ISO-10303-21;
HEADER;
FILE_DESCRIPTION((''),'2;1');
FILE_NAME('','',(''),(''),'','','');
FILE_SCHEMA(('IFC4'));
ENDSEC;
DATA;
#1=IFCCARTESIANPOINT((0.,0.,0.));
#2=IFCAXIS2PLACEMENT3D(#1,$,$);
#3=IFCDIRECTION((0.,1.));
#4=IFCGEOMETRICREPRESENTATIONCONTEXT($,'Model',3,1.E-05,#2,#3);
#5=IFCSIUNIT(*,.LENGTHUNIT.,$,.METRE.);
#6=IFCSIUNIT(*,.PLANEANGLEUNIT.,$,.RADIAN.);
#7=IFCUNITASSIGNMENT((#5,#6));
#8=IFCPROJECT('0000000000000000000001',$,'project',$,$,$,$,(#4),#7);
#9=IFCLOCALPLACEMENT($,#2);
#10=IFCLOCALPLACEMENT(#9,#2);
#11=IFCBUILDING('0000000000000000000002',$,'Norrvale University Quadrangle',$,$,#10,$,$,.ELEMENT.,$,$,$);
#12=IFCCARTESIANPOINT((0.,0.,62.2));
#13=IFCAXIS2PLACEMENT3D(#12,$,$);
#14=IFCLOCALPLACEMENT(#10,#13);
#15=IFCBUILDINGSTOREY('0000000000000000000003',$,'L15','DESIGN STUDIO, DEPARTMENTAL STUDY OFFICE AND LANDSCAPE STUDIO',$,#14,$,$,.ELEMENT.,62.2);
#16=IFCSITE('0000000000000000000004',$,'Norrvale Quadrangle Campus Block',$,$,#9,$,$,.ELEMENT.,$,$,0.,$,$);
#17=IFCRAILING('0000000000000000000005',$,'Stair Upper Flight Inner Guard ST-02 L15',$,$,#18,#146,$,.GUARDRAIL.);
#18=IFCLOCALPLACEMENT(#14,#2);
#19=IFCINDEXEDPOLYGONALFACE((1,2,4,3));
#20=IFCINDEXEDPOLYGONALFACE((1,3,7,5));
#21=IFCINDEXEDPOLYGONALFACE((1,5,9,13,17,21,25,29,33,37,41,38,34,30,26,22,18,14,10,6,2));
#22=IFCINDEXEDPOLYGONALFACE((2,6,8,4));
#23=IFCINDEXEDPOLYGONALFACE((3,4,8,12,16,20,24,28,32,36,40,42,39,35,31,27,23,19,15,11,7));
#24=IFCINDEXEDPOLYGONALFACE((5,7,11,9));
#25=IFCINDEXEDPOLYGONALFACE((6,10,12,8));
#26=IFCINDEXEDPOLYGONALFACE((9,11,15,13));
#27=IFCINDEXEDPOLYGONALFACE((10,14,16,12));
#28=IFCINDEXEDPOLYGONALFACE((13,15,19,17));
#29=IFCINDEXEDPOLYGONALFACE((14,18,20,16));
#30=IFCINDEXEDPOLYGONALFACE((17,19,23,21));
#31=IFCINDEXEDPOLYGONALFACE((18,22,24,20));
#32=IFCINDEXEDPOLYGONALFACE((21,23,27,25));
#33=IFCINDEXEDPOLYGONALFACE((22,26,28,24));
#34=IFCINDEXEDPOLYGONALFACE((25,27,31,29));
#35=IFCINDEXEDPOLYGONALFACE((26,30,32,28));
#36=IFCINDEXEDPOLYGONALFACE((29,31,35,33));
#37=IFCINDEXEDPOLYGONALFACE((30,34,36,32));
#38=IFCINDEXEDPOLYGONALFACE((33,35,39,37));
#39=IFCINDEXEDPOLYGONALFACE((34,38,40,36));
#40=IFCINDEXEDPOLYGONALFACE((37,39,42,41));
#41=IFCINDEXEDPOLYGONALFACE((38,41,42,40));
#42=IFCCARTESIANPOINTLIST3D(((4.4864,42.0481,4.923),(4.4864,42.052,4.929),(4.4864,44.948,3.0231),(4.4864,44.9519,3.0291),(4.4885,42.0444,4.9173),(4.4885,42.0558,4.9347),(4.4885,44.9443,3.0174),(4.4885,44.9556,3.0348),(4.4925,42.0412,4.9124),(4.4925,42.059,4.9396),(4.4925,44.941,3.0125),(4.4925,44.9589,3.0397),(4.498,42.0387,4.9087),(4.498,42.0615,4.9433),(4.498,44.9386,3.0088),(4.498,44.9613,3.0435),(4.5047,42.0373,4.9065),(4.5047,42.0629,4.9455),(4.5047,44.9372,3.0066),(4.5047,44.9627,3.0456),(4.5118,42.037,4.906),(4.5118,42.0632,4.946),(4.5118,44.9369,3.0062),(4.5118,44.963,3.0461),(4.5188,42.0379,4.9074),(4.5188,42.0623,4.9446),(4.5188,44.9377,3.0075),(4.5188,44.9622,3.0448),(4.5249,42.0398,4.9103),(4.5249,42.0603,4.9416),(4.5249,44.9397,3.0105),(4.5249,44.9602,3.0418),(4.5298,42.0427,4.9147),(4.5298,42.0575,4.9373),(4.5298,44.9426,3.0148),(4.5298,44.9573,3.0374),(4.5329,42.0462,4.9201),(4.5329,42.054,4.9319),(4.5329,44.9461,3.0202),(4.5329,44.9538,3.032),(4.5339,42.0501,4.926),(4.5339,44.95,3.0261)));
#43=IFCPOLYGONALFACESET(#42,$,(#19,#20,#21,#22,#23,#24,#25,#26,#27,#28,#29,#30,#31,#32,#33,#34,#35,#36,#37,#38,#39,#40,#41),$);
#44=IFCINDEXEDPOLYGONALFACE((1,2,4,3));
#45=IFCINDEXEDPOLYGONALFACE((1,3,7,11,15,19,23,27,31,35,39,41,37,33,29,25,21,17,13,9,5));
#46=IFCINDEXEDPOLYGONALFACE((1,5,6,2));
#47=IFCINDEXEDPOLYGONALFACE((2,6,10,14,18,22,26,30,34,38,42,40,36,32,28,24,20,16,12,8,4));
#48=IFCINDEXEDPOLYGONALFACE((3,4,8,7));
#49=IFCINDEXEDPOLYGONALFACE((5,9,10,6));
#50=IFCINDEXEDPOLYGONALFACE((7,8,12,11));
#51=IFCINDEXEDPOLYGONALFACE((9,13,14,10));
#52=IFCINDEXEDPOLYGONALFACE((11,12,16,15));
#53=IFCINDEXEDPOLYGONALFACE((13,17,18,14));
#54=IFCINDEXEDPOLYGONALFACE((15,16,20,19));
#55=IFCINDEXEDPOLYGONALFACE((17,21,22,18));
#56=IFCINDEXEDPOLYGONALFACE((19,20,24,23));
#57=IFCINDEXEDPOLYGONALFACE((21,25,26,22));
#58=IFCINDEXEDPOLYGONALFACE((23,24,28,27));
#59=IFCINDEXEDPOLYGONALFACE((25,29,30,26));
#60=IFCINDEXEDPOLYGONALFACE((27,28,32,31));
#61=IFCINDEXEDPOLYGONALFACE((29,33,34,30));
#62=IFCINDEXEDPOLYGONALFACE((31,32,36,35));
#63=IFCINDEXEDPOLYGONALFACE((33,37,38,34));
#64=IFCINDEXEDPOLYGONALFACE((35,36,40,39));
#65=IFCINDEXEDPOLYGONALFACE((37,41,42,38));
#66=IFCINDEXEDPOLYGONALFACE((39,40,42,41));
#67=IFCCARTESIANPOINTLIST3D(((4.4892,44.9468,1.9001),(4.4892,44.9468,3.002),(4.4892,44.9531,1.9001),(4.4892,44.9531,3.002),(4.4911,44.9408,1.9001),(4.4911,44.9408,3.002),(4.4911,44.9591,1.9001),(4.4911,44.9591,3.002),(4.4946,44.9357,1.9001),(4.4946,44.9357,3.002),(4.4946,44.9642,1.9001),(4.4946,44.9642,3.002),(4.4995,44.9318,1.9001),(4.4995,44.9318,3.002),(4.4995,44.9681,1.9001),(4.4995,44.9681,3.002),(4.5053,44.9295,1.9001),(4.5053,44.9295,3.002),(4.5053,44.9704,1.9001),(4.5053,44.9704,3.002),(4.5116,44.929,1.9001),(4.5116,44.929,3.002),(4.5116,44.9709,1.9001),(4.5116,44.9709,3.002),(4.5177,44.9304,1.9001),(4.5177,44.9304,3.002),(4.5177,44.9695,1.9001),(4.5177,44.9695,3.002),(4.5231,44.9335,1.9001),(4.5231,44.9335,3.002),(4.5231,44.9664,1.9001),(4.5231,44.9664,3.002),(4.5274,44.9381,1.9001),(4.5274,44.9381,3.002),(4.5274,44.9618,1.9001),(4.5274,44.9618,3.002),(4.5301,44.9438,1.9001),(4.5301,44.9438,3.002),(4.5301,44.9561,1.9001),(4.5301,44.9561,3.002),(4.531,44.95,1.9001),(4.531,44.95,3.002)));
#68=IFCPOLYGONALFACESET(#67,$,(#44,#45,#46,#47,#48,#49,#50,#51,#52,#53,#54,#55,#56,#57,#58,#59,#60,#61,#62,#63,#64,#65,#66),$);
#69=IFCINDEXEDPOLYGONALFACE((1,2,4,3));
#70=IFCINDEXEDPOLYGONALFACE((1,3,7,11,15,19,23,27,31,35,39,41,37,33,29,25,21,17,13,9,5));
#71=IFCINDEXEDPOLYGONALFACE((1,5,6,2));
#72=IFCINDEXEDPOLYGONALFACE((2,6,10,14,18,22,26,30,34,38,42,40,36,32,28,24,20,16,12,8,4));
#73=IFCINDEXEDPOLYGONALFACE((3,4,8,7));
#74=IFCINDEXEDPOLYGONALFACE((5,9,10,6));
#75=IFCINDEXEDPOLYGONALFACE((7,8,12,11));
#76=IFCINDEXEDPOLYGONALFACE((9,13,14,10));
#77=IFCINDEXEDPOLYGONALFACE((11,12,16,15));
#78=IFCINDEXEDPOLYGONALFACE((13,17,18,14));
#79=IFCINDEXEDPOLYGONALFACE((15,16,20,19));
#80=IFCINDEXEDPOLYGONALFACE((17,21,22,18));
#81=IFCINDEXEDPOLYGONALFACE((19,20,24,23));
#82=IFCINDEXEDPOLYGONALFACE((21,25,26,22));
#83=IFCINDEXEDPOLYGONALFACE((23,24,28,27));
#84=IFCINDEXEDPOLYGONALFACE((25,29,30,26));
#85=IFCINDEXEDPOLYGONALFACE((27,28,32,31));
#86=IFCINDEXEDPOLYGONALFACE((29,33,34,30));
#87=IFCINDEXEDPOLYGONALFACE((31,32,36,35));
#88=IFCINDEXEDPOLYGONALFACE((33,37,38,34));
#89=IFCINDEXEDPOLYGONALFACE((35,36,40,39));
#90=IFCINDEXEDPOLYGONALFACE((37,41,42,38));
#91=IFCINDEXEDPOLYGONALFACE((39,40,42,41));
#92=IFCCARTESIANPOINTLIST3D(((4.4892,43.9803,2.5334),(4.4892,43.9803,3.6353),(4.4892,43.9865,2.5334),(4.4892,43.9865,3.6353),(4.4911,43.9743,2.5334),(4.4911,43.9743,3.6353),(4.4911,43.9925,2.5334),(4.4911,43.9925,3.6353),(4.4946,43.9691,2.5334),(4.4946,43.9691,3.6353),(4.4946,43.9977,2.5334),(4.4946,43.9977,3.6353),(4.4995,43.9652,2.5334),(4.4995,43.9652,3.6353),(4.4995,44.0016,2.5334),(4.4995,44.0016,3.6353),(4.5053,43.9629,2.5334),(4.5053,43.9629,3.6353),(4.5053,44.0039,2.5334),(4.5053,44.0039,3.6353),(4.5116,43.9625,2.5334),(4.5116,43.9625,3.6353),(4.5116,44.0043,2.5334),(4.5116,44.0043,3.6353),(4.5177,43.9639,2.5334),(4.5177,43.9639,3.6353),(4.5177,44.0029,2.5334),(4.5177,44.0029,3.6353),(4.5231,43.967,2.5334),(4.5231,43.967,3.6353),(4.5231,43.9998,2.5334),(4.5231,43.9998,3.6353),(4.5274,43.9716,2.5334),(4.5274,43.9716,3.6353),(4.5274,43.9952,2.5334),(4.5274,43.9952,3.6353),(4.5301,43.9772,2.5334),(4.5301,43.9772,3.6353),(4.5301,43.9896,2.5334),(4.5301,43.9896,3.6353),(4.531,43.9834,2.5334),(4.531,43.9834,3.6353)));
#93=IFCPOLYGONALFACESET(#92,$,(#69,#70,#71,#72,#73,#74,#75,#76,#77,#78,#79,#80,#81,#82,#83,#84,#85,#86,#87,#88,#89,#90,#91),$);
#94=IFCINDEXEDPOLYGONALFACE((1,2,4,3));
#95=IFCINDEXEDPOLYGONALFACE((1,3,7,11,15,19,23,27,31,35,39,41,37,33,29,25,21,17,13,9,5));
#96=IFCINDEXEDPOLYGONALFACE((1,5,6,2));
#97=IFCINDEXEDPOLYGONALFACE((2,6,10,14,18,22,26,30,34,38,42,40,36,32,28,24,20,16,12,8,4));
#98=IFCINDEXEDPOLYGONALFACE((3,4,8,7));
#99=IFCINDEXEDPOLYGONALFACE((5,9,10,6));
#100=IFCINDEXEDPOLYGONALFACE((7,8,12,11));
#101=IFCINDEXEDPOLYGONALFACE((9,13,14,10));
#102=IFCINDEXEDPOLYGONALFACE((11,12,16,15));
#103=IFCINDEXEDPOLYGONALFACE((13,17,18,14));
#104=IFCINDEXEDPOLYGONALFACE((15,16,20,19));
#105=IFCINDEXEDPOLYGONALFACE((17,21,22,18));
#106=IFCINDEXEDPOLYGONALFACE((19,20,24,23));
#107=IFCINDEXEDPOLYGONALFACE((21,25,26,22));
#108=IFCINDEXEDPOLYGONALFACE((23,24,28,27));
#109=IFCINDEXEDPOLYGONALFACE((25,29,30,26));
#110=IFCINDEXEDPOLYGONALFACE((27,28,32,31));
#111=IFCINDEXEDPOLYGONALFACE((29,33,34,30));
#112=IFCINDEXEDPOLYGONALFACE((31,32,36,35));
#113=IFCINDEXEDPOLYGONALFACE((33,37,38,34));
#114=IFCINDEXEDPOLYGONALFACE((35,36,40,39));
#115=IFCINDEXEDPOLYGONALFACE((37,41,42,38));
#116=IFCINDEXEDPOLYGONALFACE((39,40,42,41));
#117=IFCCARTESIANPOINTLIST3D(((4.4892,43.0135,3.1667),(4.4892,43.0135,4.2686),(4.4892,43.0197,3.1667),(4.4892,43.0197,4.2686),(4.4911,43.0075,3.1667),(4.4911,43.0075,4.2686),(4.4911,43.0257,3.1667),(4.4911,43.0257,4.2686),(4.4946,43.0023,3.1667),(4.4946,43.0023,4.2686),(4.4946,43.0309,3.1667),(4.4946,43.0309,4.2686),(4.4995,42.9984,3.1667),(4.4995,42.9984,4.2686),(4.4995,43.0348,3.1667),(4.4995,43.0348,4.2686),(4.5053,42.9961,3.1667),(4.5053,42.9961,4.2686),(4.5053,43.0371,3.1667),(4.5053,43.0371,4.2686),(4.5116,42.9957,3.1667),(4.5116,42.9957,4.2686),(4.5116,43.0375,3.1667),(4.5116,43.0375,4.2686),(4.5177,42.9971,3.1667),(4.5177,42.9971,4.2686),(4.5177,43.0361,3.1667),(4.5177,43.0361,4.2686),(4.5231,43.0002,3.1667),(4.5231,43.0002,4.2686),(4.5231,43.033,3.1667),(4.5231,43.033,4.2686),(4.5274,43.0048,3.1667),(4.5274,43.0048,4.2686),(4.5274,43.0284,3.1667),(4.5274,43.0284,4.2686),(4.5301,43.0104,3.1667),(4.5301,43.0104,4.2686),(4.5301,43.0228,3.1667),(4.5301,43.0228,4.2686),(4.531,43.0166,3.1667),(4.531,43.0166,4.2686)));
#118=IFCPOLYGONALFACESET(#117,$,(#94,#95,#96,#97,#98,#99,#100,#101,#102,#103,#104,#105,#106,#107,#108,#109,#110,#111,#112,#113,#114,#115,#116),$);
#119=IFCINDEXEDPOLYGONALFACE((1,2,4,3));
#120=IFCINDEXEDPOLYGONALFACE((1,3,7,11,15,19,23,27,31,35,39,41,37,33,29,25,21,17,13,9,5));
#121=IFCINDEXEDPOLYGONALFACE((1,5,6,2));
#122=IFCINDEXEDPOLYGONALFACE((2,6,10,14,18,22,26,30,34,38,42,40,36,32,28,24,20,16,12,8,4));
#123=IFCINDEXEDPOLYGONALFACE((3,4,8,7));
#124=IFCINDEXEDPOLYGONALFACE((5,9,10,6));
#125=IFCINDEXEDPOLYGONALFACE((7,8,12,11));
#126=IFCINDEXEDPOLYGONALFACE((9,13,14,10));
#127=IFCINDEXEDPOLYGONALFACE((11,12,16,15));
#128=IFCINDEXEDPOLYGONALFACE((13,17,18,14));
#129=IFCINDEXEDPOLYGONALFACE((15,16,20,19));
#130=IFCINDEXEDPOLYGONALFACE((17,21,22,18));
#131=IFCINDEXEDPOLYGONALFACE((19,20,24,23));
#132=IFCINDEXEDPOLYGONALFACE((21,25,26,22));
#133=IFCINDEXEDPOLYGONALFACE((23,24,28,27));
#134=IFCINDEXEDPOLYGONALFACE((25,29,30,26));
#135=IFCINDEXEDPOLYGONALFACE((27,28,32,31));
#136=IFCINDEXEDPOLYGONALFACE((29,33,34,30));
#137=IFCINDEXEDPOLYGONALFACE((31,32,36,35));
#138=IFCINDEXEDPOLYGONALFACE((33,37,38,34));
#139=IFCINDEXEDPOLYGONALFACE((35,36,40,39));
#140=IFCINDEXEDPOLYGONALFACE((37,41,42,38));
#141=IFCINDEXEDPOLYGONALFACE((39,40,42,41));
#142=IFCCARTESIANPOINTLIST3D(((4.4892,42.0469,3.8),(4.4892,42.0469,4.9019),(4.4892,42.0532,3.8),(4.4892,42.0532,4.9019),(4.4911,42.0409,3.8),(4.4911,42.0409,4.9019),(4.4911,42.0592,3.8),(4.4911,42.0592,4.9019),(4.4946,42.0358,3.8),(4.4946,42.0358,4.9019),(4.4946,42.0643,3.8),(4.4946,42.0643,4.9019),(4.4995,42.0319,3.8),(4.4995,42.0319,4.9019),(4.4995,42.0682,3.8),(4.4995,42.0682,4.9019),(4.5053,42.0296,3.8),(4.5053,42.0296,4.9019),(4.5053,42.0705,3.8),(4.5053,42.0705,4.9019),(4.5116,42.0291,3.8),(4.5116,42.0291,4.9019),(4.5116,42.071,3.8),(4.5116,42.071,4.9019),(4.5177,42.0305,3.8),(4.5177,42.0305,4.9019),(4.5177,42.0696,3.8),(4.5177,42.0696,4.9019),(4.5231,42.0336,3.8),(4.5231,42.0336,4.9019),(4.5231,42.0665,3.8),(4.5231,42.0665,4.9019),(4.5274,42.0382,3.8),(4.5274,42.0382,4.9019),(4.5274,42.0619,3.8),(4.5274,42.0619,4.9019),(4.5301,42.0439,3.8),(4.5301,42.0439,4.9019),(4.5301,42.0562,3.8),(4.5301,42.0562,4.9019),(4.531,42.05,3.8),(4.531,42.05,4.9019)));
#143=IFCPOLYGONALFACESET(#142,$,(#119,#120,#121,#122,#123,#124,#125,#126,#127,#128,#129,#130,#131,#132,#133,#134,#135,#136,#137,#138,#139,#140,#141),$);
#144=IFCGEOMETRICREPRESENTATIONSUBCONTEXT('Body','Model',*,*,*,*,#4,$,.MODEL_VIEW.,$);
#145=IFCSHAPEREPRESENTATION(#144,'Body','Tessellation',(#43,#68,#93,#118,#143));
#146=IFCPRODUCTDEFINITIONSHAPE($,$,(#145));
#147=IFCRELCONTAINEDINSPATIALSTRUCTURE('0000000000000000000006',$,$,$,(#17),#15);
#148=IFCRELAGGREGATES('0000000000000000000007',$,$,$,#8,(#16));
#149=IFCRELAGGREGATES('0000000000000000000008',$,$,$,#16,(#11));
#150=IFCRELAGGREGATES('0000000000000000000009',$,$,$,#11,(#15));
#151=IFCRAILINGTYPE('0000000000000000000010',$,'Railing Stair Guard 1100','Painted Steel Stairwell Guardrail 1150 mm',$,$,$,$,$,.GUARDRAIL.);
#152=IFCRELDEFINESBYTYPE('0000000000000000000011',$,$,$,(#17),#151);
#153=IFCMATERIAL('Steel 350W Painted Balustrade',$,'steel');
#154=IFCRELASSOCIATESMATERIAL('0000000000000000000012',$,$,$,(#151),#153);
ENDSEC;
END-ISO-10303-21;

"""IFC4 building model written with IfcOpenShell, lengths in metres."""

from ifc_helpers import new_model, si_unit, direction, frame, origin, origin_2d, place, context, subcontext, project, spatial, circle, extrude, material, type_object, element, save


model = new_model("IFC4")

# Units and contexts
model_context = context("Model", 3, precision=1e-05, world=origin(), true_north=direction((0.0, 1.0)))
body_context = subcontext(model_context, "Body", "Model", "MODEL_VIEW")
ifc_project = project(units=[si_unit("LENGTHUNIT", "METRE"), si_unit("PLANEANGLEUNIT", "RADIAN")], contexts=[model_context])

# Site, building, storey
site_placement = place(None, origin())
site = spatial("IfcSite", under=ifc_project, at=site_placement, Name="Norrvale Quadrangle Campus Block", CompositionType="ELEMENT", RefElevation=0.0)
building_placement = place(site_placement, origin())
building = spatial("IfcBuilding", under=site, at=building_placement, Name="Norrvale University Quadrangle", CompositionType="ELEMENT")
storey_placement = place(building_placement, frame((0.0, 0.0, 62.2)))
storey = spatial("IfcBuildingStorey", under=building, at=storey_placement, Name="L15", Description="DESIGN STUDIO, DEPARTMENTAL STUDY OFFICE AND LANDSCAPE STUDIO", CompositionType="ELEMENT", Elevation=62.2)

# Railing
ifc_material_1 = material(Name="Steel 350W Painted Balustrade", Category="steel")
railing_type_1 = type_object("IfcRailingType", Name="Railing Stair Guard 1100", Description="Painted Steel Stairwell Guardrail 1150 mm", PredefinedType="GUARDRAIL", material=ifc_material_1)
railing_1_placement = place(storey_placement, frame((4.51, 44.95, 1.9001)))
element("IfcRailing", 1, at=railing_1_placement, inside=storey, type_object=railing_type_1, Name="Stair Upper Flight Inner Guard ST-02 L15", PredefinedType="GUARDRAIL", context=body_context, shape_type="SweptSolid", body=[
    extrude(circle(Radius=0.0239, at=origin_2d()), frame((0.0, 0.0, 1.126), z_axis=(0.0, -0.836466, 0.548019), x_axis=(1.0, 0.0, 0.0)), (0.0, 0.0, 1.0), 3.4668),
    extrude(circle(Radius=0.021, at=origin_2d()), origin(), (0.0, 0.0, 1.0), 1.1018),
    extrude(circle(Radius=0.021, at=origin_2d()), frame((0.0, -0.9666, 0.6333)), (0.0, 0.0, 1.0), 1.1018),
    extrude(circle(Radius=0.021, at=origin_2d()), frame((0.0, -1.9333, 1.2666)), (0.0, 0.0, 1.0), 1.1018),
    extrude(circle(Radius=0.021, at=origin_2d()), frame((0.0, -2.8999, 1.8999)), (0.0, 0.0, 1.0), 1.1018),
])

save(model, "model.ifc")
